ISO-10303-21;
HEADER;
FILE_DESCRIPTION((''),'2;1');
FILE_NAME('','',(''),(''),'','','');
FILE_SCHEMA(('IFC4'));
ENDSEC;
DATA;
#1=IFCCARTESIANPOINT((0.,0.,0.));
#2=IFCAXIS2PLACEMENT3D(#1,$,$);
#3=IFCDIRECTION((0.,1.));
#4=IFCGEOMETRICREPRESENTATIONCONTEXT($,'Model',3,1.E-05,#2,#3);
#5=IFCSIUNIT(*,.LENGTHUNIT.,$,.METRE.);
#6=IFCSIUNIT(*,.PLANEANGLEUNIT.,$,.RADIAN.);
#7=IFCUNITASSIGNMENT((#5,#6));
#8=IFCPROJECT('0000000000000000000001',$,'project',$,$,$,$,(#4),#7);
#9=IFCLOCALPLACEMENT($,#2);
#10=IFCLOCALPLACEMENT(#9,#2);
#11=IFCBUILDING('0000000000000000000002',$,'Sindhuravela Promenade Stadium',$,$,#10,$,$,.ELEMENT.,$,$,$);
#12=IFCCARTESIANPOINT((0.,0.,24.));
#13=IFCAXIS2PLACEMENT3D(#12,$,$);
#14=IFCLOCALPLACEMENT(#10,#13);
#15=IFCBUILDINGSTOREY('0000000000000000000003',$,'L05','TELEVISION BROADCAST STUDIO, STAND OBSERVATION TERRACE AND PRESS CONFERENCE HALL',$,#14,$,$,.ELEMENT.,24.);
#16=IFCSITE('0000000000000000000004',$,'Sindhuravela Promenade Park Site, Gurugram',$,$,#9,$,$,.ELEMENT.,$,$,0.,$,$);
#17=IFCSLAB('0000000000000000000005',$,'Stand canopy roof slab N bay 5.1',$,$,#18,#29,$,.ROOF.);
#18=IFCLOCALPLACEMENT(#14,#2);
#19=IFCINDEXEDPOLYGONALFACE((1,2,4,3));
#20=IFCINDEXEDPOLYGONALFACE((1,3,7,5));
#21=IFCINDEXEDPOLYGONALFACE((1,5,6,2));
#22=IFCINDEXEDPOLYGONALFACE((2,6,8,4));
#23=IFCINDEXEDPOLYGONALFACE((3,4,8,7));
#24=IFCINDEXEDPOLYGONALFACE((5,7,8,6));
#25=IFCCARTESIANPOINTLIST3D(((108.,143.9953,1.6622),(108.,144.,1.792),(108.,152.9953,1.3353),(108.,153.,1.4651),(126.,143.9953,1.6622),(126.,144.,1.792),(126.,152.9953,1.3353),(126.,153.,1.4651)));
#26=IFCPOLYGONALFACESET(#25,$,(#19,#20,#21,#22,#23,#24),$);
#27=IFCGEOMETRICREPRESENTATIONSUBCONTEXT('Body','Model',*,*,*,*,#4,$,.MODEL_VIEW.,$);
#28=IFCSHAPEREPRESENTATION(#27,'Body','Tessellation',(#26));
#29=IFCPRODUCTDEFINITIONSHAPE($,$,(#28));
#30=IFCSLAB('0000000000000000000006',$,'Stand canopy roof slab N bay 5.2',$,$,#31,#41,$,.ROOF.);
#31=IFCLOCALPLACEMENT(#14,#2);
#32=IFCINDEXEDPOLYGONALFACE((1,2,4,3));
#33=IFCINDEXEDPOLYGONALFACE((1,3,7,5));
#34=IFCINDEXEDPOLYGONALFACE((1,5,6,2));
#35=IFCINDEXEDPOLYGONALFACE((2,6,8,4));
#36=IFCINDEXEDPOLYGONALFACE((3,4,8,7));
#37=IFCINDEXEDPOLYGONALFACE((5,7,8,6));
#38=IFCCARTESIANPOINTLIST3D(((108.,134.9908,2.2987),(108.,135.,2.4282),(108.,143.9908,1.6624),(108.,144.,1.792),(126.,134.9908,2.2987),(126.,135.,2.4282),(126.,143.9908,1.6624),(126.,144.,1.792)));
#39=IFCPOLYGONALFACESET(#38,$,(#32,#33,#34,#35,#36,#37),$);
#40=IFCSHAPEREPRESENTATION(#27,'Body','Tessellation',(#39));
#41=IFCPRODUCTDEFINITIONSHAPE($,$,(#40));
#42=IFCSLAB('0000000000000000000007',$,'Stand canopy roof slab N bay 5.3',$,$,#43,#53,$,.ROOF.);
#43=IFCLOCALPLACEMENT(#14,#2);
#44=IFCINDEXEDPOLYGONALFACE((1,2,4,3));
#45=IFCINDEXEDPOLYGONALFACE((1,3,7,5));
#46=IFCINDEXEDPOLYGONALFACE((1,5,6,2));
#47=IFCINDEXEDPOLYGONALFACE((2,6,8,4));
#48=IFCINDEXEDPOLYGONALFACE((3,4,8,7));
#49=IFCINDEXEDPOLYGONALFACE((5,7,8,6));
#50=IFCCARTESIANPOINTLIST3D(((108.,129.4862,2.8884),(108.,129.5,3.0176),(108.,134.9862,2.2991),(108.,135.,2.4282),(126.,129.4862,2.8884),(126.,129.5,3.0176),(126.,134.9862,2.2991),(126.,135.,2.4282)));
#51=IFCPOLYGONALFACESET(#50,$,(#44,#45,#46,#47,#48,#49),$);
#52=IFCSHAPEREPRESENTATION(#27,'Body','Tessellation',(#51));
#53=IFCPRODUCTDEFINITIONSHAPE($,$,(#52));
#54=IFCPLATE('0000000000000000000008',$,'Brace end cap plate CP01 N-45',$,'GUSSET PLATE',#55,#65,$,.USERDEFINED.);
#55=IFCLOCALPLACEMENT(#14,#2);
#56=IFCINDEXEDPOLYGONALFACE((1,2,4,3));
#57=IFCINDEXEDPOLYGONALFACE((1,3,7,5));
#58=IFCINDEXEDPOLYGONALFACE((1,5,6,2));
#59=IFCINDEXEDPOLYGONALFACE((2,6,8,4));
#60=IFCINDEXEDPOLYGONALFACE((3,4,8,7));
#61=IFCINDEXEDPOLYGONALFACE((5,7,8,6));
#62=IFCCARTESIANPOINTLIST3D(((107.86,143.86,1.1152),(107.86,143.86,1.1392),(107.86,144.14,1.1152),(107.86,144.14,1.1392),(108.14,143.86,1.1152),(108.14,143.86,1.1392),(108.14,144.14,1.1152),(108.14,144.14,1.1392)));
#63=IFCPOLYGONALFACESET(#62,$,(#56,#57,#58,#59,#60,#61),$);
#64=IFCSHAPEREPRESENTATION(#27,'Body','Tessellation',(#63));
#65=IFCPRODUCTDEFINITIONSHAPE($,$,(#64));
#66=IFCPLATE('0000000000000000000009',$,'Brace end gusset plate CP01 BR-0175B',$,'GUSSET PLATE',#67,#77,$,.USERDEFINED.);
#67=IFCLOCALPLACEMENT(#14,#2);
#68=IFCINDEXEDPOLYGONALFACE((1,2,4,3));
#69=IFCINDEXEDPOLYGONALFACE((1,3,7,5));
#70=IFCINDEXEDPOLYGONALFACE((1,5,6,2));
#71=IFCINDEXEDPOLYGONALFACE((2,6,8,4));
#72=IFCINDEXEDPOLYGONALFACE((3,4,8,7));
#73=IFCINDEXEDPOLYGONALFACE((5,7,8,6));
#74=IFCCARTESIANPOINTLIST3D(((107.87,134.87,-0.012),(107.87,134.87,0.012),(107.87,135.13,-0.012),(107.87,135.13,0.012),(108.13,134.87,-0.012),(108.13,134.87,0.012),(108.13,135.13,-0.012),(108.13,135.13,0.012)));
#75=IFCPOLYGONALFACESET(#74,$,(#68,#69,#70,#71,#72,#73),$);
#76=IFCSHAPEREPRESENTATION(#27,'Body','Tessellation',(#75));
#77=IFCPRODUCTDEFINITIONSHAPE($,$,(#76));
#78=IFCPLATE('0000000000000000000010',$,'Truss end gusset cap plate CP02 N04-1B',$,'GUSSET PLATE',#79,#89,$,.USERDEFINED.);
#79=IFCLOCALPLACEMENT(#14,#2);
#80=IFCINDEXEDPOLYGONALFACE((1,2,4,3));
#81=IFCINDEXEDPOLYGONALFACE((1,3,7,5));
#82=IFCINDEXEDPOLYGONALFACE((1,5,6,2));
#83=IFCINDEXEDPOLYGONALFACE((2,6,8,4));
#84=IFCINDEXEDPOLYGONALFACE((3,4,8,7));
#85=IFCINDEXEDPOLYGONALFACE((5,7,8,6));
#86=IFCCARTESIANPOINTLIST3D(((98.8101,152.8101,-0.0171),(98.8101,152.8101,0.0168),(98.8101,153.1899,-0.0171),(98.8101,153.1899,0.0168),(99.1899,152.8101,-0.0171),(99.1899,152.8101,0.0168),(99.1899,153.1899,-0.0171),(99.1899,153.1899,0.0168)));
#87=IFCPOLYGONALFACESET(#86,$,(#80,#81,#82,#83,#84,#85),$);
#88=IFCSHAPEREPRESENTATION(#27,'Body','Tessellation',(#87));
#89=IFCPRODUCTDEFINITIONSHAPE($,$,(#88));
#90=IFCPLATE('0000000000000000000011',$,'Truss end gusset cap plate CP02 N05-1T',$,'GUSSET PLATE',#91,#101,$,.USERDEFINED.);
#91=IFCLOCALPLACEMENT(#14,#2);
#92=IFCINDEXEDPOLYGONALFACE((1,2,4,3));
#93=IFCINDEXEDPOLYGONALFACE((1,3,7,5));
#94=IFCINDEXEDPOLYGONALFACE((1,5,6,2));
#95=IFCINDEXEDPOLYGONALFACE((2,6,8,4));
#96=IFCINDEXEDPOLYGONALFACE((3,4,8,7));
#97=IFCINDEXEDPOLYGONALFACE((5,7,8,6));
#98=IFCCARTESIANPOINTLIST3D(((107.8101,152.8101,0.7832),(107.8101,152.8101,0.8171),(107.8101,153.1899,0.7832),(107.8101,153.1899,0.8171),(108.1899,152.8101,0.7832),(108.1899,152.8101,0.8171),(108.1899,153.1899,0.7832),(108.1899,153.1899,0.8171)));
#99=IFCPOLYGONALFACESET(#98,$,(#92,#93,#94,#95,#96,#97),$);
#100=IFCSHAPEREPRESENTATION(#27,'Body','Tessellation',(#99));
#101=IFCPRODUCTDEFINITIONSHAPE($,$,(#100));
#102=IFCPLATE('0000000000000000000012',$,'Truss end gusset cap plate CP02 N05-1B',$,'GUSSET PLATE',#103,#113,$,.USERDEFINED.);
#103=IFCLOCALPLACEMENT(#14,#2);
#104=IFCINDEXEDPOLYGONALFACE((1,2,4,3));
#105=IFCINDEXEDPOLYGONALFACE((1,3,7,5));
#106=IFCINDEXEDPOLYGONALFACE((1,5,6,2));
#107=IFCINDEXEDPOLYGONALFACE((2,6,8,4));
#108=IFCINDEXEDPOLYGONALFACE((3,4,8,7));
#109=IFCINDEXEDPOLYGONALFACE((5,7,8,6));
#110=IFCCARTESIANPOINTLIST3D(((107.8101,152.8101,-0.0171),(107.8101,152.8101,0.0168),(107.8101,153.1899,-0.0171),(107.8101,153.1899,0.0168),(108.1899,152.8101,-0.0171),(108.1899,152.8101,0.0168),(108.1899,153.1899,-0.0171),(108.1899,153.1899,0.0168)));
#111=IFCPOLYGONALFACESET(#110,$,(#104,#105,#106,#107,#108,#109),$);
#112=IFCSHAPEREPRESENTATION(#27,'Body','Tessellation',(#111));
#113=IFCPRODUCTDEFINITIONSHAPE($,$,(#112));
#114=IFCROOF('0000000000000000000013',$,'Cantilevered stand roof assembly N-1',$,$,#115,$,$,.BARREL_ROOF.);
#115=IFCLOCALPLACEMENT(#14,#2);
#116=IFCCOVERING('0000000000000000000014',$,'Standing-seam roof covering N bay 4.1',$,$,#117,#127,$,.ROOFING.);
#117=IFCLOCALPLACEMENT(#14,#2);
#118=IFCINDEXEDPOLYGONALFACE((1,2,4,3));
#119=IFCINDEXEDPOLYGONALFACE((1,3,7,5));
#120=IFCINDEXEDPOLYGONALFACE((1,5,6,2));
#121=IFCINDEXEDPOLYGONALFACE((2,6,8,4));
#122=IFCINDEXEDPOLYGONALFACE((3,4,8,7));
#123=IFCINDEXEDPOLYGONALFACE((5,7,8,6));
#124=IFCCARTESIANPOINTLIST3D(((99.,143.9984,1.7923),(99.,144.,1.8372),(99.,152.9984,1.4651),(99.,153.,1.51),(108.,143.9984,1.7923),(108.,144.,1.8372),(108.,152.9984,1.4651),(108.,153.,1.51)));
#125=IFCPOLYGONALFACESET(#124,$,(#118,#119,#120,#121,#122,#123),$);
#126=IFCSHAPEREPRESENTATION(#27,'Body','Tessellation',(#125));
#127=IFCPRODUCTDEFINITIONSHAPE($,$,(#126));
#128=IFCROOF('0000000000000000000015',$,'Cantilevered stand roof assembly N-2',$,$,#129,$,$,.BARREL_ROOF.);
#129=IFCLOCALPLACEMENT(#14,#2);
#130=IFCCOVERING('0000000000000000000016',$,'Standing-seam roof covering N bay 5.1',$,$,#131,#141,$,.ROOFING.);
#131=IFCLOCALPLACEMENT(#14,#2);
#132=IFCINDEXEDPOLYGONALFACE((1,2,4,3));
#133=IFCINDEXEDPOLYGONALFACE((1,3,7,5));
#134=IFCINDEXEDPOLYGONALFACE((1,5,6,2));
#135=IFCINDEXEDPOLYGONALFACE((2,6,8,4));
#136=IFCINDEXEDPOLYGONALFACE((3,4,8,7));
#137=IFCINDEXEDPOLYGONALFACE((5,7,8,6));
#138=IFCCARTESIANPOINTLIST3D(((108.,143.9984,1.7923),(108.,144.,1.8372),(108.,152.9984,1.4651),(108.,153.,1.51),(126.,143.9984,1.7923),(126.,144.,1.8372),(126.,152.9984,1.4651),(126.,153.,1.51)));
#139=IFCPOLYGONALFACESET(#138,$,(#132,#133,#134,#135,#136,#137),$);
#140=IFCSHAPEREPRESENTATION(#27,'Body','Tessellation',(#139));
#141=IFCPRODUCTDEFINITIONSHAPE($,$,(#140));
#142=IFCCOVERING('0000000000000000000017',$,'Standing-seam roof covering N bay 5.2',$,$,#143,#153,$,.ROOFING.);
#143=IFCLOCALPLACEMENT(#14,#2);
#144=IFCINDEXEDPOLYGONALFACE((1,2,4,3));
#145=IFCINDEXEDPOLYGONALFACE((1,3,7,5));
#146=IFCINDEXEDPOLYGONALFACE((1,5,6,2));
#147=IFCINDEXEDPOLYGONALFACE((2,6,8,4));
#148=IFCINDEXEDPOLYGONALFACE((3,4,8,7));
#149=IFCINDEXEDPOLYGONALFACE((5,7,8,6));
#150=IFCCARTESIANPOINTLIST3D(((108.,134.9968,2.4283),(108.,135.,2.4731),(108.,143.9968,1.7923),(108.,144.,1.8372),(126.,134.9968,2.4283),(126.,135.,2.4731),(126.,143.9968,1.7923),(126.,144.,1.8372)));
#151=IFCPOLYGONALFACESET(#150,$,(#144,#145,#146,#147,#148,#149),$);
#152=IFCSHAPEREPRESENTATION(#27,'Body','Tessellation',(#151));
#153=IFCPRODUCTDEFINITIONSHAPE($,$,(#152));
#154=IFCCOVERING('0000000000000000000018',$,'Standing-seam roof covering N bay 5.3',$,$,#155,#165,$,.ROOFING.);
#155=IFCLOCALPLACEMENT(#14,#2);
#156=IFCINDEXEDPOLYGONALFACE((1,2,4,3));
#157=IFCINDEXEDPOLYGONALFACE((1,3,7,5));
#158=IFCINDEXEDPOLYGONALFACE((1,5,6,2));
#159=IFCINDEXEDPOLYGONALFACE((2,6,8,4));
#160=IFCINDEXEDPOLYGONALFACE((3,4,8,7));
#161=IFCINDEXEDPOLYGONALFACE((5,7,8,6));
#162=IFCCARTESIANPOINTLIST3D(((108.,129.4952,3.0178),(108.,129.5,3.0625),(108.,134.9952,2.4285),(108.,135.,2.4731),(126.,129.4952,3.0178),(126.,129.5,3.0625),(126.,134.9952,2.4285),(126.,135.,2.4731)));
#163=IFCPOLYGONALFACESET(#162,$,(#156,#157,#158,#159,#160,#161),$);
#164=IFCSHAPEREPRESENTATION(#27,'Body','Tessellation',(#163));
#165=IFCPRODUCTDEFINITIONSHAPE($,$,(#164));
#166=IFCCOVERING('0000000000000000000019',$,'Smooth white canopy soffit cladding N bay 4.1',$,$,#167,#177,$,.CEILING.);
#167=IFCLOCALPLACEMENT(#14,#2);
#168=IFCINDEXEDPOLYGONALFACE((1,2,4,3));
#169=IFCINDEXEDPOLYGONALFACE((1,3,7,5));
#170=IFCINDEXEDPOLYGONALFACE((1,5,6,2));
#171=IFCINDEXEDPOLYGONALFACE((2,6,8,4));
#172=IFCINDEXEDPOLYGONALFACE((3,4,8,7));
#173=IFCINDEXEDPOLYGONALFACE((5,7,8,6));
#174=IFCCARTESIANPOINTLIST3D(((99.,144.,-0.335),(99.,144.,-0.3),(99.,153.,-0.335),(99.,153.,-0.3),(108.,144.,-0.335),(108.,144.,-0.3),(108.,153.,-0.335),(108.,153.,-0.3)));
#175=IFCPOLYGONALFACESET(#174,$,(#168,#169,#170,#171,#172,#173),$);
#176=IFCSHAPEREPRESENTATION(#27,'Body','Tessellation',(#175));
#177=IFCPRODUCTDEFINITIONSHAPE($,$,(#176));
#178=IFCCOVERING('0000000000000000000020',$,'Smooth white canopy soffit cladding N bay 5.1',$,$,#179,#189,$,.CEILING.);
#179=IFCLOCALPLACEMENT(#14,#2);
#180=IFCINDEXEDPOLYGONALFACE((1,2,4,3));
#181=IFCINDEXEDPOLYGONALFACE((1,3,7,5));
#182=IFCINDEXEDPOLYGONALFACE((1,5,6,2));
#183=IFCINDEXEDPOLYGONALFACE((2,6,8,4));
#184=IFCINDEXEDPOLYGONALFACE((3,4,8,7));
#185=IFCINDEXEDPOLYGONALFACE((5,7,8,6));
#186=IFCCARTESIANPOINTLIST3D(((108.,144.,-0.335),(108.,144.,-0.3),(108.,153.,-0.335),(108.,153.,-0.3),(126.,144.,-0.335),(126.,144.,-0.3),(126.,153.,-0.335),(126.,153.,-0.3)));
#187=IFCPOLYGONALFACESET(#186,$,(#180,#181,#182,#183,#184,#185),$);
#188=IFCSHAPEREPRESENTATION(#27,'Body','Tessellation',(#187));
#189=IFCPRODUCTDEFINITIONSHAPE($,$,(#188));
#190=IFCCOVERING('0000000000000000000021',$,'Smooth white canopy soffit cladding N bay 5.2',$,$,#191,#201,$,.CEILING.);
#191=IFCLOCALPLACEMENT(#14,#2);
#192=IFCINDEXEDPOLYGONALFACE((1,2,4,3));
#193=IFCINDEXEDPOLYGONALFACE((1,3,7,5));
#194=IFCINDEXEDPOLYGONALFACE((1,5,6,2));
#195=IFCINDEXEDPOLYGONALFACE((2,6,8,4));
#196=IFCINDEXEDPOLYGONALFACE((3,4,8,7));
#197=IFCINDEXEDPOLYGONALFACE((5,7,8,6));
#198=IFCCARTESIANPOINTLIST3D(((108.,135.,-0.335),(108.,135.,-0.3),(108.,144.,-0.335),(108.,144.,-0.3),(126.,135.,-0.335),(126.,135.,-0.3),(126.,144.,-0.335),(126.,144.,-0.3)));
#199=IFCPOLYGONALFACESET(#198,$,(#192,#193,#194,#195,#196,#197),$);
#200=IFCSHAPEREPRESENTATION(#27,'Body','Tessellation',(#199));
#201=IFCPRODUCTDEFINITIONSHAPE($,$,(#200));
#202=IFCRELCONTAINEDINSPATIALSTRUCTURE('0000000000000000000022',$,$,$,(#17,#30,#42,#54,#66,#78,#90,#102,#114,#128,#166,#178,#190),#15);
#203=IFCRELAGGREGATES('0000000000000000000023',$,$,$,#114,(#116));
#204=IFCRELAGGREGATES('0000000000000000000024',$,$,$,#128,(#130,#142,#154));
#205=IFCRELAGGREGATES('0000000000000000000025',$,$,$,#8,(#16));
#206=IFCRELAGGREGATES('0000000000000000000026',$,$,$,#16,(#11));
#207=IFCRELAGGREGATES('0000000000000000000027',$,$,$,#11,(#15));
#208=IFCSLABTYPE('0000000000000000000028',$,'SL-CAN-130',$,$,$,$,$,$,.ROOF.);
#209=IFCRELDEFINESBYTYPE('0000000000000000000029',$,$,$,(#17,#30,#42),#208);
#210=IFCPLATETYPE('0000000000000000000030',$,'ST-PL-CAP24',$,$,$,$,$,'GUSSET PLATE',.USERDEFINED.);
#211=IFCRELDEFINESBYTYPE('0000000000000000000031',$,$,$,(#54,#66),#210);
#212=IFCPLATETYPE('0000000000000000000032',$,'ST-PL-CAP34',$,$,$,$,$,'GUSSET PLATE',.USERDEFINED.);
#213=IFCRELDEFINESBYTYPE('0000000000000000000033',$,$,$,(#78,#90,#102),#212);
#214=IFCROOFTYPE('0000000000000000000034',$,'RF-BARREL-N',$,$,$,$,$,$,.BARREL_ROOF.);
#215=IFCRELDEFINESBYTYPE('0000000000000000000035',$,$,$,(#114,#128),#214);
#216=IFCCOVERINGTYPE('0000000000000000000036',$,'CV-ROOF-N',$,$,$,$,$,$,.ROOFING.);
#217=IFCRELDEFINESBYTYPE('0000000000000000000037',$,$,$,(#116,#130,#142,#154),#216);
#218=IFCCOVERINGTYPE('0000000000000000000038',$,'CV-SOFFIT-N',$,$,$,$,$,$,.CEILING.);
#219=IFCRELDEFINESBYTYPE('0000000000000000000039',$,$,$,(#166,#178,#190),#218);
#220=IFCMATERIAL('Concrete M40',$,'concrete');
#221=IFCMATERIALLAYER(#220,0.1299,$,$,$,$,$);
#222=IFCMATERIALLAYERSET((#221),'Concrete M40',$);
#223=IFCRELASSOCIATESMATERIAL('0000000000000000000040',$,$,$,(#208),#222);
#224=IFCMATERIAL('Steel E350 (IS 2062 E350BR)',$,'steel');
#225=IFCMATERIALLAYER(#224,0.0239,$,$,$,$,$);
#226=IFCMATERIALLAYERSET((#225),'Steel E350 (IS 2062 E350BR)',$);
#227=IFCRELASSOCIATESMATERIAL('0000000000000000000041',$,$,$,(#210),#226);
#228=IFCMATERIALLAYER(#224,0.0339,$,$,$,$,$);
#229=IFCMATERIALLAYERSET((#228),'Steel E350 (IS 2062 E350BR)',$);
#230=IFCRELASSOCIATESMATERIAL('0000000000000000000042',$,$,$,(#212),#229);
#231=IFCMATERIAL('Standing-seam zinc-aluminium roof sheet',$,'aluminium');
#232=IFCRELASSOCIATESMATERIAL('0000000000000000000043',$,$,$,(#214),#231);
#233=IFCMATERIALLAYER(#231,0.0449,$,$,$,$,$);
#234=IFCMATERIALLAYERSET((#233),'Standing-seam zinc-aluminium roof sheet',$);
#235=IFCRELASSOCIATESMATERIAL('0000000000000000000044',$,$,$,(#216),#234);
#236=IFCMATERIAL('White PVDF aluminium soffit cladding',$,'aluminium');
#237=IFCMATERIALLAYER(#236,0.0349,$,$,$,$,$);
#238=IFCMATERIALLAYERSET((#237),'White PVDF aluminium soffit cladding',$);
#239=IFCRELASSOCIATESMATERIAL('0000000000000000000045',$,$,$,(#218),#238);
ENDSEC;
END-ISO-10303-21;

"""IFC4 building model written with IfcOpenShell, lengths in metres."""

from ifc_helpers import new_model, si_unit, direction, frame, origin, origin_2d, place, context, subcontext, project, spatial, polyline, rectangle, outline, extrude, material, layer, layer_set, type_object, element, aggregate, save


model = new_model("IFC4")

# Units and contexts
model_context = context("Model", 3, precision=1e-05, world=origin(), true_north=direction((0.0, 1.0)))
body_context = subcontext(model_context, "Body", "Model", "MODEL_VIEW")
ifc_project = project(units=[si_unit("LENGTHUNIT", "METRE"), si_unit("PLANEANGLEUNIT", "RADIAN")], contexts=[model_context])

# Site, building, storey
site_placement = place(None, origin())
site = spatial("IfcSite", under=ifc_project, at=site_placement, Name="Sindhuravela Promenade Park Site, Gurugram", CompositionType="ELEMENT", RefElevation=0.0)
building_placement = place(site_placement, origin())
building = spatial("IfcBuilding", under=site, at=building_placement, Name="Sindhuravela Promenade Stadium", CompositionType="ELEMENT")
storey_placement = place(building_placement, frame((0.0, 0.0, 24.0)))
storey = spatial("IfcBuildingStorey", under=building, at=storey_placement, Name="L05", Description="TELEVISION BROADCAST STUDIO, STAND OBSERVATION TERRACE AND PRESS CONFERENCE HALL", CompositionType="ELEMENT", Elevation=24.0)

# Shared definitions
ifc_material_1 = material(Name="Steel E350 (IS 2062 E350BR)", Category="steel")

# Slabs
ifc_material_2 = material(Name="Concrete M40", Category="concrete")
ifc_layer_1 = layer(ifc_material_2, 0.1299)
ifc_layer_set_1 = layer_set([ifc_layer_1], Name="Concrete M40")
slab_type = type_object("IfcSlabType", Name="SL-CAN-130", PredefinedType="ROOF", material=ifc_layer_set_1)
slab_1_placement = place(storey_placement, frame((108.0, 153.0, 1.4651), z_axis=(0.0, 0.036299, 0.999341), x_axis=(1.0, 0.0, 0.0)))
element("IfcSlab", 1, at=slab_1_placement, inside=storey, type_object=slab_type, Name="Stand canopy roof slab N bay 5.1", PredefinedType="ROOF", context=body_context, shape_type="SweptSolid", body=[
    extrude(outline(polyline([(0.0, 0.0), (0.0, -9.0059), (18.0, -9.0059), (18.0, 0.0), (0.0, 0.0)])), origin(), (0.0, 0.0, -1.0), 0.1299),
])
slab_2_placement = place(storey_placement, frame((108.0, 144.0, 1.792), z_axis=(0.0, 0.070516, 0.997511), x_axis=(1.0, 0.0, 0.0)))
element("IfcSlab", 2, at=slab_2_placement, inside=storey, type_object=slab_type, Name="Stand canopy roof slab N bay 5.2", PredefinedType="ROOF", context=body_context, shape_type="SweptSolid", body=[
    extrude(outline(polyline([(0.0, 0.0), (0.0, -9.0225), (18.0, -9.0225), (18.0, 0.0), (0.0, 0.0)])), origin(), (0.0, 0.0, -1.0), 0.1299),
])
slab_3_placement = place(storey_placement, frame((108.0, 135.0, 2.4282), z_axis=(0.0, 0.106546, 0.994308), x_axis=(1.0, 0.0, 0.0)))
element("IfcSlab", 3, at=slab_3_placement, inside=storey, type_object=slab_type, Name="Stand canopy roof slab N bay 5.3", PredefinedType="ROOF", context=body_context, shape_type="SweptSolid", body=[
    extrude(outline(polyline([(0.0, 0.0), (0.0, -5.5315), (18.0, -5.5315), (18.0, 0.0), (0.0, 0.0)])), origin(), (0.0, 0.0, -1.0), 0.1299),
])

# Plates
ifc_layer_2 = layer(ifc_material_1, 0.0239)
ifc_layer_set_2 = layer_set([ifc_layer_2], Name="Steel E350 (IS 2062 E350BR)")
plate_type_1 = type_object("IfcPlateType", Name="ST-PL-CAP24", ElementType="GUSSET PLATE", PredefinedType="USERDEFINED", material=ifc_layer_set_2)
plate_1_placement = place(storey_placement, frame((108.0, 144.0, 1.1152), z_axis=(0.0, 0.0, 1.0), x_axis=(1.0, 0.0, 0.0)))
element("IfcPlate", 4, at=plate_1_placement, inside=storey, type_object=plate_type_1, Name="Brace end cap plate CP01 N-45", ObjectType="GUSSET PLATE", PredefinedType="USERDEFINED", context=body_context, shape_type="SweptSolid", body=[
    extrude(rectangle(XDim=0.28, YDim=0.28, at=origin_2d()), origin(), (0.0, 0.0, 1.0), 0.0239),
])
plate_2_placement = place(storey_placement, frame((108.0, 135.0, -0.012), z_axis=(0.0, 0.0, 1.0), x_axis=(1.0, 0.0, 0.0)))
element("IfcPlate", 5, at=plate_2_placement, inside=storey, type_object=plate_type_1, Name="Brace end gusset plate CP01 BR-0175B", ObjectType="GUSSET PLATE", PredefinedType="USERDEFINED", context=body_context, shape_type="SweptSolid", body=[
    extrude(rectangle(XDim=0.26, YDim=0.26, at=origin_2d()), origin(), (0.0, 0.0, 1.0), 0.0239),
])
ifc_layer_3 = layer(ifc_material_1, 0.0339)
ifc_layer_set_3 = layer_set([ifc_layer_3], Name="Steel E350 (IS 2062 E350BR)")
plate_type_2 = type_object("IfcPlateType", Name="ST-PL-CAP34", ElementType="GUSSET PLATE", PredefinedType="USERDEFINED", material=ifc_layer_set_3)
for number, where, z_axis, x_axis, name in (
    (6, (99.0, 153.0, -0.0171), (0.0, 0.0, 1.0), (1.0, 0.0, 0.0), "Truss end gusset cap plate CP02 N04-1B"),
    (7, (108.0, 153.0, 0.7832), (0.0, 0.0, 1.0), (1.0, 0.0, 0.0), "Truss end gusset cap plate CP02 N05-1T"),
    (8, (108.0, 153.0, -0.0171), (0.0, 0.0, 1.0), (1.0, 0.0, 0.0), "Truss end gusset cap plate CP02 N05-1B"),
):
    element("IfcPlate", number, at=place(storey_placement, frame(where, z_axis=z_axis, x_axis=x_axis)), inside=storey, type_object=plate_type_2, Name=name, ObjectType="GUSSET PLATE", PredefinedType="USERDEFINED", context=body_context, shape_type="SweptSolid", body=[
        extrude(rectangle(XDim=0.3799, YDim=0.3799, at=origin_2d()), origin(), (0.0, 0.0, 1.0), 0.0339),
    ])

# Roof, covering
ifc_material_3 = material(Name="Standing-seam zinc-aluminium roof sheet", Category="aluminium")
roof_type = type_object("IfcRoofType", Name="RF-BARREL-N", PredefinedType="BARREL_ROOF", material=ifc_material_3)
roof_1_placement = place(storey_placement, origin())
roof_1 = element("IfcRoof", 9, at=roof_1_placement, inside=storey, type_object=roof_type, Name="Cantilevered stand roof assembly N-1", PredefinedType="BARREL_ROOF")
ifc_layer_4 = layer(ifc_material_3, 0.0449)
ifc_layer_set_4 = layer_set([ifc_layer_4], Name="Standing-seam zinc-aluminium roof sheet")
covering_type_1 = type_object("IfcCoveringType", Name="CV-ROOF-N", PredefinedType="ROOFING", material=ifc_layer_set_4)
covering_1_placement = place(storey_placement, frame((99.0, 153.0, 1.51), z_axis=(0.0, 0.036326, 0.99934), x_axis=(1.0, 0.0, 0.0)))
covering_1 = element("IfcCovering", 10, at=covering_1_placement, type_object=covering_type_1, Name="Standing-seam roof covering N bay 4.1", PredefinedType="ROOFING", context=body_context, shape_type="SweptSolid", body=[
    extrude(outline(polyline([(0.0, 0.0), (0.0, -9.0059), (9.0, -9.0059), (9.0, 0.0), (0.0, 0.0)])), origin(), (0.0, 0.0, -1.0), 0.0449),
])
aggregate(roof_1, [covering_1])

# Roof, coverings
roof_2_placement = place(storey_placement, origin())
roof_2 = element("IfcRoof", 11, at=roof_2_placement, inside=storey, type_object=roof_type, Name="Cantilevered stand roof assembly N-2", PredefinedType="BARREL_ROOF")
covering_2_placement = place(storey_placement, frame((108.0, 153.0, 1.51), z_axis=(0.0, 0.036326, 0.99934), x_axis=(1.0, 0.0, 0.0)))
covering_2 = element("IfcCovering", 12, at=covering_2_placement, type_object=covering_type_1, Name="Standing-seam roof covering N bay 5.1", PredefinedType="ROOFING", context=body_context, shape_type="SweptSolid", body=[
    extrude(outline(polyline([(0.0, 0.0), (0.0, -9.0059), (18.0, -9.0059), (18.0, 0.0), (0.0, 0.0)])), origin(), (0.0, 0.0, -1.0), 0.0449),
])
covering_3_placement = place(storey_placement, frame((108.0, 144.0, 1.8372), z_axis=(0.0, 0.070489, 0.997513), x_axis=(1.0, 0.0, 0.0)))
covering_3 = element("IfcCovering", 13, at=covering_3_placement, type_object=covering_type_1, Name="Standing-seam roof covering N bay 5.2", PredefinedType="ROOFING", context=body_context, shape_type="SweptSolid", body=[
    extrude(outline(polyline([(0.0, 0.0), (0.0, -9.0224), (18.0, -9.0224), (18.0, 0.0), (0.0, 0.0)])), origin(), (0.0, 0.0, -1.0), 0.0449),
])
covering_4_placement = place(storey_placement, frame((108.0, 135.0, 2.4731), z_axis=(0.0, 0.106546, 0.994308), x_axis=(1.0, 0.0, 0.0)))
covering_4 = element("IfcCovering", 14, at=covering_4_placement, type_object=covering_type_1, Name="Standing-seam roof covering N bay 5.3", PredefinedType="ROOFING", context=body_context, shape_type="SweptSolid", body=[
    extrude(outline(polyline([(0.0, 0.0), (0.0, -5.5315), (18.0, -5.5315), (18.0, 0.0), (0.0, 0.0)])), origin(), (0.0, 0.0, -1.0), 0.0449),
])
aggregate(roof_2, [covering_2, covering_3, covering_4])

# Coverings
ifc_material_4 = material(Name="White PVDF aluminium soffit cladding", Category="aluminium")
ifc_layer_5 = layer(ifc_material_4, 0.0349)
ifc_layer_set_5 = layer_set([ifc_layer_5], Name="White PVDF aluminium soffit cladding")
covering_type_2 = type_object("IfcCoveringType", Name="CV-SOFFIT-N", PredefinedType="CEILING", material=ifc_layer_set_5)
covering_5_placement = place(storey_placement, frame((99.0, 153.0, -0.3), z_axis=(0.0, 0.0, 1.0), x_axis=(1.0, 0.0, 0.0)))
element("IfcCovering", 15, at=covering_5_placement, inside=storey, type_object=covering_type_2, Name="Smooth white canopy soffit cladding N bay 4.1", PredefinedType="CEILING", context=body_context, shape_type="SweptSolid", body=[
    extrude(outline(polyline([(0.0, 0.0), (0.0, -9.0), (9.0, -9.0), (9.0, 0.0), (0.0, 0.0)])), origin(), (0.0, 0.0, -1.0), 0.0349),
])
for number, where, z_axis, x_axis, name in (
    (16, (108.0, 153.0, -0.3), (0.0, 0.0, 1.0), (1.0, 0.0, 0.0), "Smooth white canopy soffit cladding N bay 5.1"),
    (17, (108.0, 144.0, -0.3), (0.0, 0.0, 1.0), (1.0, 0.0, 0.0), "Smooth white canopy soffit cladding N bay 5.2"),
):
    element("IfcCovering", number, at=place(storey_placement, frame(where, z_axis=z_axis, x_axis=x_axis)), inside=storey, type_object=covering_type_2, Name=name, PredefinedType="CEILING", context=body_context, shape_type="SweptSolid", body=[
        extrude(outline(polyline([(0.0, 0.0), (0.0, -9.0), (18.0, -9.0), (18.0, 0.0), (0.0, 0.0)])), origin(), (0.0, 0.0, -1.0), 0.0349),
    ])

save(model, "model.ifc")
